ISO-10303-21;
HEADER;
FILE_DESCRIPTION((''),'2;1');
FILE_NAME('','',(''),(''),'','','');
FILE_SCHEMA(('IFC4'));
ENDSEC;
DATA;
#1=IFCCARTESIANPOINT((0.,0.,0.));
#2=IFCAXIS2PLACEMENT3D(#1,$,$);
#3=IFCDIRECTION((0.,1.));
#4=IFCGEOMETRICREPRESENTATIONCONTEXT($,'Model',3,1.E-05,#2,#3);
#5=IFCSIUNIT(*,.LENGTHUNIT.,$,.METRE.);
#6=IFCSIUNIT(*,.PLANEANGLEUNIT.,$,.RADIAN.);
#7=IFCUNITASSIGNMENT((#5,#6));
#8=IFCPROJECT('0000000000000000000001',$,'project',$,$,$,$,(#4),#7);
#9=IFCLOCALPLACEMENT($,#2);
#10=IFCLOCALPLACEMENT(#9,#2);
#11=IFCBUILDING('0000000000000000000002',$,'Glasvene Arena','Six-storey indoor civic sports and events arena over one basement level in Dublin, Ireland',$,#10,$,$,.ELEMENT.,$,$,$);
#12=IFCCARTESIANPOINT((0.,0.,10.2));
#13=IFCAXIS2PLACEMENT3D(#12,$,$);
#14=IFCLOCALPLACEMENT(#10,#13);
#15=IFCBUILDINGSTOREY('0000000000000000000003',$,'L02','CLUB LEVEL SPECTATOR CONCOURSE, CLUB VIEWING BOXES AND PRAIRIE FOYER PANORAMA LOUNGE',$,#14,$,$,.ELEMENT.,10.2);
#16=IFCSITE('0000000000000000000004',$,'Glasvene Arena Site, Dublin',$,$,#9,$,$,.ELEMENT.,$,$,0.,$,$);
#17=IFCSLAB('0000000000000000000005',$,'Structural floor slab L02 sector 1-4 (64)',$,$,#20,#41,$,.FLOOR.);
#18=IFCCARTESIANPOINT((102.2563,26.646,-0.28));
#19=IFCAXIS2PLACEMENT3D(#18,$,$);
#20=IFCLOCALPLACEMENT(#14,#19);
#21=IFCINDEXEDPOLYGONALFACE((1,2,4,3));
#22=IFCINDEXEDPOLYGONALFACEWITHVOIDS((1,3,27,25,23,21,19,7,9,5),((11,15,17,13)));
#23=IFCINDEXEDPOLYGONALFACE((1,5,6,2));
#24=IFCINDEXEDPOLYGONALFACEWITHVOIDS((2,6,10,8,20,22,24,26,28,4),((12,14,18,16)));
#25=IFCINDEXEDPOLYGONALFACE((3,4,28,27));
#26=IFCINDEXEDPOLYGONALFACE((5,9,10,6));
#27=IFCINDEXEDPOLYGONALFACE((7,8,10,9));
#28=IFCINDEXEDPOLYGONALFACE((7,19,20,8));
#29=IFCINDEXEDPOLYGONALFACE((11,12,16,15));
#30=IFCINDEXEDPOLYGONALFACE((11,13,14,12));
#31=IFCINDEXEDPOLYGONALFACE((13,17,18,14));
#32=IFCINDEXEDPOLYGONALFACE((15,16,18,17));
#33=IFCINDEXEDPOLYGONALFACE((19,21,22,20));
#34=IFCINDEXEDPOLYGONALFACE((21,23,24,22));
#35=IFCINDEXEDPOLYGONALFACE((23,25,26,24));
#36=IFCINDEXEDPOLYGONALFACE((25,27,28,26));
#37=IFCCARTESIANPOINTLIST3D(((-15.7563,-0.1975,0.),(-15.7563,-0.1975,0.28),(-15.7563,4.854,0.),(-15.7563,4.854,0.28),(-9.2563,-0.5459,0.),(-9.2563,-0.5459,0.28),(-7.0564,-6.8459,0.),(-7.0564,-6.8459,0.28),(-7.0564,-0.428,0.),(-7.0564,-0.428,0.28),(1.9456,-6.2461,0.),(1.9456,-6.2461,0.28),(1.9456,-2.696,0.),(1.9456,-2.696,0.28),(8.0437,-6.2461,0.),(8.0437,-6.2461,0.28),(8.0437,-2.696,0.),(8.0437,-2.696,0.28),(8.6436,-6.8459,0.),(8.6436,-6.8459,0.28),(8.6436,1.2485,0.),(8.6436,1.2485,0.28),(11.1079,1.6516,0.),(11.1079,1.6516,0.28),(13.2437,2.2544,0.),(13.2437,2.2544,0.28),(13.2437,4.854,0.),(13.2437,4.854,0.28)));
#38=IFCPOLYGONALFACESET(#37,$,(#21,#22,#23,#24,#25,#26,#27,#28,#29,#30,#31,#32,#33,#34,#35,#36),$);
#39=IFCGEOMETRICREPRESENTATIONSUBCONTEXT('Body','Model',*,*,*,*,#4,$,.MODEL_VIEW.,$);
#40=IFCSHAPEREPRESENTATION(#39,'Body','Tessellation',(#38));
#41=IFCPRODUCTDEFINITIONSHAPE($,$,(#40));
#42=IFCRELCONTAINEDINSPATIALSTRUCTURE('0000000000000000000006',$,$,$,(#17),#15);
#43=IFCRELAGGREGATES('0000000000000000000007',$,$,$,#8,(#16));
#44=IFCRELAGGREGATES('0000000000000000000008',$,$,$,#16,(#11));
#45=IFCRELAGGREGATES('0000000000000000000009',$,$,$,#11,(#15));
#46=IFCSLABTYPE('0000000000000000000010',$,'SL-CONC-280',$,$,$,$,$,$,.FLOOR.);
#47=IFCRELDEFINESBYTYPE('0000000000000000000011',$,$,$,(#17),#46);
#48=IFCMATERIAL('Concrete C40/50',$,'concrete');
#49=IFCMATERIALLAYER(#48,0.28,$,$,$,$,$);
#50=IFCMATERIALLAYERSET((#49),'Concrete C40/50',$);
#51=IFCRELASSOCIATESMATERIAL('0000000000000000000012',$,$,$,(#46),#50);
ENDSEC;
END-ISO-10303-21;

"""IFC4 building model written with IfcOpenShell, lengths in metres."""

from ifc_helpers import new_model, si_unit, direction, frame, origin, place, context, subcontext, project, spatial, polyline, outline, extrude, material, layer, layer_set, type_object, element, save


model = new_model("IFC4")

# Units and contexts
model_context = context("Model", 3, precision=1e-05, world=origin(), true_north=direction((0.0, 1.0)))
body_context = subcontext(model_context, "Body", "Model", "MODEL_VIEW")
ifc_project = project(units=[si_unit("LENGTHUNIT", "METRE"), si_unit("PLANEANGLEUNIT", "RADIAN")], contexts=[model_context])

# Site, building, storey
site_placement = place(None, origin())
site = spatial("IfcSite", under=ifc_project, at=site_placement, Name="Glasvene Arena Site, Dublin", CompositionType="ELEMENT", RefElevation=0.0)
building_placement = place(site_placement, origin())
building = spatial("IfcBuilding", under=site, at=building_placement, Name="Glasvene Arena", Description="Six-storey indoor civic sports and events arena over one basement level in Dublin, Ireland", CompositionType="ELEMENT")
storey_placement = place(building_placement, frame((0.0, 0.0, 10.2)))
storey = spatial("IfcBuildingStorey", under=building, at=storey_placement, Name="L02", Description="CLUB LEVEL SPECTATOR CONCOURSE, CLUB VIEWING BOXES AND PRAIRIE FOYER PANORAMA LOUNGE", CompositionType="ELEMENT", Elevation=10.2)

# Slab
ifc_material_1 = material(Name="Concrete C40/50", Category="concrete")
ifc_layer_1 = layer(ifc_material_1, 0.28)
ifc_layer_set_1 = layer_set([ifc_layer_1], Name="Concrete C40/50")
slab_type = type_object("IfcSlabType", Name="SL-CONC-280", PredefinedType="FLOOR", material=ifc_layer_set_1)
slab_placement = place(storey_placement, frame((102.2563, 26.646, -0.28)))
element("IfcSlab", 1, at=slab_placement, inside=storey, type_object=slab_type, Name="Structural floor slab L02 sector 1-4 (64)", PredefinedType="FLOOR", context=body_context, shape_type="SweptSolid", body=[
    extrude(outline(polyline([(8.6436, 1.2485), (8.6436, -6.8459), (-7.0564, -6.8459), (-7.0564, -0.428), (-9.2563, -0.5459), (-15.7563, -0.1975), (-15.7563, 4.854), (13.2437, 4.854), (13.2437, 2.2544), (11.1079, 1.6516), (8.6436, 1.2485)]), holes=[polyline([(8.0437, -2.696), (1.9456, -2.696), (1.9456, -6.2461), (8.0437, -6.2461), (8.0437, -2.696)])]), origin(), (0.0, 0.0, 1.0), 0.28),
])

save(model, "model.ifc")
